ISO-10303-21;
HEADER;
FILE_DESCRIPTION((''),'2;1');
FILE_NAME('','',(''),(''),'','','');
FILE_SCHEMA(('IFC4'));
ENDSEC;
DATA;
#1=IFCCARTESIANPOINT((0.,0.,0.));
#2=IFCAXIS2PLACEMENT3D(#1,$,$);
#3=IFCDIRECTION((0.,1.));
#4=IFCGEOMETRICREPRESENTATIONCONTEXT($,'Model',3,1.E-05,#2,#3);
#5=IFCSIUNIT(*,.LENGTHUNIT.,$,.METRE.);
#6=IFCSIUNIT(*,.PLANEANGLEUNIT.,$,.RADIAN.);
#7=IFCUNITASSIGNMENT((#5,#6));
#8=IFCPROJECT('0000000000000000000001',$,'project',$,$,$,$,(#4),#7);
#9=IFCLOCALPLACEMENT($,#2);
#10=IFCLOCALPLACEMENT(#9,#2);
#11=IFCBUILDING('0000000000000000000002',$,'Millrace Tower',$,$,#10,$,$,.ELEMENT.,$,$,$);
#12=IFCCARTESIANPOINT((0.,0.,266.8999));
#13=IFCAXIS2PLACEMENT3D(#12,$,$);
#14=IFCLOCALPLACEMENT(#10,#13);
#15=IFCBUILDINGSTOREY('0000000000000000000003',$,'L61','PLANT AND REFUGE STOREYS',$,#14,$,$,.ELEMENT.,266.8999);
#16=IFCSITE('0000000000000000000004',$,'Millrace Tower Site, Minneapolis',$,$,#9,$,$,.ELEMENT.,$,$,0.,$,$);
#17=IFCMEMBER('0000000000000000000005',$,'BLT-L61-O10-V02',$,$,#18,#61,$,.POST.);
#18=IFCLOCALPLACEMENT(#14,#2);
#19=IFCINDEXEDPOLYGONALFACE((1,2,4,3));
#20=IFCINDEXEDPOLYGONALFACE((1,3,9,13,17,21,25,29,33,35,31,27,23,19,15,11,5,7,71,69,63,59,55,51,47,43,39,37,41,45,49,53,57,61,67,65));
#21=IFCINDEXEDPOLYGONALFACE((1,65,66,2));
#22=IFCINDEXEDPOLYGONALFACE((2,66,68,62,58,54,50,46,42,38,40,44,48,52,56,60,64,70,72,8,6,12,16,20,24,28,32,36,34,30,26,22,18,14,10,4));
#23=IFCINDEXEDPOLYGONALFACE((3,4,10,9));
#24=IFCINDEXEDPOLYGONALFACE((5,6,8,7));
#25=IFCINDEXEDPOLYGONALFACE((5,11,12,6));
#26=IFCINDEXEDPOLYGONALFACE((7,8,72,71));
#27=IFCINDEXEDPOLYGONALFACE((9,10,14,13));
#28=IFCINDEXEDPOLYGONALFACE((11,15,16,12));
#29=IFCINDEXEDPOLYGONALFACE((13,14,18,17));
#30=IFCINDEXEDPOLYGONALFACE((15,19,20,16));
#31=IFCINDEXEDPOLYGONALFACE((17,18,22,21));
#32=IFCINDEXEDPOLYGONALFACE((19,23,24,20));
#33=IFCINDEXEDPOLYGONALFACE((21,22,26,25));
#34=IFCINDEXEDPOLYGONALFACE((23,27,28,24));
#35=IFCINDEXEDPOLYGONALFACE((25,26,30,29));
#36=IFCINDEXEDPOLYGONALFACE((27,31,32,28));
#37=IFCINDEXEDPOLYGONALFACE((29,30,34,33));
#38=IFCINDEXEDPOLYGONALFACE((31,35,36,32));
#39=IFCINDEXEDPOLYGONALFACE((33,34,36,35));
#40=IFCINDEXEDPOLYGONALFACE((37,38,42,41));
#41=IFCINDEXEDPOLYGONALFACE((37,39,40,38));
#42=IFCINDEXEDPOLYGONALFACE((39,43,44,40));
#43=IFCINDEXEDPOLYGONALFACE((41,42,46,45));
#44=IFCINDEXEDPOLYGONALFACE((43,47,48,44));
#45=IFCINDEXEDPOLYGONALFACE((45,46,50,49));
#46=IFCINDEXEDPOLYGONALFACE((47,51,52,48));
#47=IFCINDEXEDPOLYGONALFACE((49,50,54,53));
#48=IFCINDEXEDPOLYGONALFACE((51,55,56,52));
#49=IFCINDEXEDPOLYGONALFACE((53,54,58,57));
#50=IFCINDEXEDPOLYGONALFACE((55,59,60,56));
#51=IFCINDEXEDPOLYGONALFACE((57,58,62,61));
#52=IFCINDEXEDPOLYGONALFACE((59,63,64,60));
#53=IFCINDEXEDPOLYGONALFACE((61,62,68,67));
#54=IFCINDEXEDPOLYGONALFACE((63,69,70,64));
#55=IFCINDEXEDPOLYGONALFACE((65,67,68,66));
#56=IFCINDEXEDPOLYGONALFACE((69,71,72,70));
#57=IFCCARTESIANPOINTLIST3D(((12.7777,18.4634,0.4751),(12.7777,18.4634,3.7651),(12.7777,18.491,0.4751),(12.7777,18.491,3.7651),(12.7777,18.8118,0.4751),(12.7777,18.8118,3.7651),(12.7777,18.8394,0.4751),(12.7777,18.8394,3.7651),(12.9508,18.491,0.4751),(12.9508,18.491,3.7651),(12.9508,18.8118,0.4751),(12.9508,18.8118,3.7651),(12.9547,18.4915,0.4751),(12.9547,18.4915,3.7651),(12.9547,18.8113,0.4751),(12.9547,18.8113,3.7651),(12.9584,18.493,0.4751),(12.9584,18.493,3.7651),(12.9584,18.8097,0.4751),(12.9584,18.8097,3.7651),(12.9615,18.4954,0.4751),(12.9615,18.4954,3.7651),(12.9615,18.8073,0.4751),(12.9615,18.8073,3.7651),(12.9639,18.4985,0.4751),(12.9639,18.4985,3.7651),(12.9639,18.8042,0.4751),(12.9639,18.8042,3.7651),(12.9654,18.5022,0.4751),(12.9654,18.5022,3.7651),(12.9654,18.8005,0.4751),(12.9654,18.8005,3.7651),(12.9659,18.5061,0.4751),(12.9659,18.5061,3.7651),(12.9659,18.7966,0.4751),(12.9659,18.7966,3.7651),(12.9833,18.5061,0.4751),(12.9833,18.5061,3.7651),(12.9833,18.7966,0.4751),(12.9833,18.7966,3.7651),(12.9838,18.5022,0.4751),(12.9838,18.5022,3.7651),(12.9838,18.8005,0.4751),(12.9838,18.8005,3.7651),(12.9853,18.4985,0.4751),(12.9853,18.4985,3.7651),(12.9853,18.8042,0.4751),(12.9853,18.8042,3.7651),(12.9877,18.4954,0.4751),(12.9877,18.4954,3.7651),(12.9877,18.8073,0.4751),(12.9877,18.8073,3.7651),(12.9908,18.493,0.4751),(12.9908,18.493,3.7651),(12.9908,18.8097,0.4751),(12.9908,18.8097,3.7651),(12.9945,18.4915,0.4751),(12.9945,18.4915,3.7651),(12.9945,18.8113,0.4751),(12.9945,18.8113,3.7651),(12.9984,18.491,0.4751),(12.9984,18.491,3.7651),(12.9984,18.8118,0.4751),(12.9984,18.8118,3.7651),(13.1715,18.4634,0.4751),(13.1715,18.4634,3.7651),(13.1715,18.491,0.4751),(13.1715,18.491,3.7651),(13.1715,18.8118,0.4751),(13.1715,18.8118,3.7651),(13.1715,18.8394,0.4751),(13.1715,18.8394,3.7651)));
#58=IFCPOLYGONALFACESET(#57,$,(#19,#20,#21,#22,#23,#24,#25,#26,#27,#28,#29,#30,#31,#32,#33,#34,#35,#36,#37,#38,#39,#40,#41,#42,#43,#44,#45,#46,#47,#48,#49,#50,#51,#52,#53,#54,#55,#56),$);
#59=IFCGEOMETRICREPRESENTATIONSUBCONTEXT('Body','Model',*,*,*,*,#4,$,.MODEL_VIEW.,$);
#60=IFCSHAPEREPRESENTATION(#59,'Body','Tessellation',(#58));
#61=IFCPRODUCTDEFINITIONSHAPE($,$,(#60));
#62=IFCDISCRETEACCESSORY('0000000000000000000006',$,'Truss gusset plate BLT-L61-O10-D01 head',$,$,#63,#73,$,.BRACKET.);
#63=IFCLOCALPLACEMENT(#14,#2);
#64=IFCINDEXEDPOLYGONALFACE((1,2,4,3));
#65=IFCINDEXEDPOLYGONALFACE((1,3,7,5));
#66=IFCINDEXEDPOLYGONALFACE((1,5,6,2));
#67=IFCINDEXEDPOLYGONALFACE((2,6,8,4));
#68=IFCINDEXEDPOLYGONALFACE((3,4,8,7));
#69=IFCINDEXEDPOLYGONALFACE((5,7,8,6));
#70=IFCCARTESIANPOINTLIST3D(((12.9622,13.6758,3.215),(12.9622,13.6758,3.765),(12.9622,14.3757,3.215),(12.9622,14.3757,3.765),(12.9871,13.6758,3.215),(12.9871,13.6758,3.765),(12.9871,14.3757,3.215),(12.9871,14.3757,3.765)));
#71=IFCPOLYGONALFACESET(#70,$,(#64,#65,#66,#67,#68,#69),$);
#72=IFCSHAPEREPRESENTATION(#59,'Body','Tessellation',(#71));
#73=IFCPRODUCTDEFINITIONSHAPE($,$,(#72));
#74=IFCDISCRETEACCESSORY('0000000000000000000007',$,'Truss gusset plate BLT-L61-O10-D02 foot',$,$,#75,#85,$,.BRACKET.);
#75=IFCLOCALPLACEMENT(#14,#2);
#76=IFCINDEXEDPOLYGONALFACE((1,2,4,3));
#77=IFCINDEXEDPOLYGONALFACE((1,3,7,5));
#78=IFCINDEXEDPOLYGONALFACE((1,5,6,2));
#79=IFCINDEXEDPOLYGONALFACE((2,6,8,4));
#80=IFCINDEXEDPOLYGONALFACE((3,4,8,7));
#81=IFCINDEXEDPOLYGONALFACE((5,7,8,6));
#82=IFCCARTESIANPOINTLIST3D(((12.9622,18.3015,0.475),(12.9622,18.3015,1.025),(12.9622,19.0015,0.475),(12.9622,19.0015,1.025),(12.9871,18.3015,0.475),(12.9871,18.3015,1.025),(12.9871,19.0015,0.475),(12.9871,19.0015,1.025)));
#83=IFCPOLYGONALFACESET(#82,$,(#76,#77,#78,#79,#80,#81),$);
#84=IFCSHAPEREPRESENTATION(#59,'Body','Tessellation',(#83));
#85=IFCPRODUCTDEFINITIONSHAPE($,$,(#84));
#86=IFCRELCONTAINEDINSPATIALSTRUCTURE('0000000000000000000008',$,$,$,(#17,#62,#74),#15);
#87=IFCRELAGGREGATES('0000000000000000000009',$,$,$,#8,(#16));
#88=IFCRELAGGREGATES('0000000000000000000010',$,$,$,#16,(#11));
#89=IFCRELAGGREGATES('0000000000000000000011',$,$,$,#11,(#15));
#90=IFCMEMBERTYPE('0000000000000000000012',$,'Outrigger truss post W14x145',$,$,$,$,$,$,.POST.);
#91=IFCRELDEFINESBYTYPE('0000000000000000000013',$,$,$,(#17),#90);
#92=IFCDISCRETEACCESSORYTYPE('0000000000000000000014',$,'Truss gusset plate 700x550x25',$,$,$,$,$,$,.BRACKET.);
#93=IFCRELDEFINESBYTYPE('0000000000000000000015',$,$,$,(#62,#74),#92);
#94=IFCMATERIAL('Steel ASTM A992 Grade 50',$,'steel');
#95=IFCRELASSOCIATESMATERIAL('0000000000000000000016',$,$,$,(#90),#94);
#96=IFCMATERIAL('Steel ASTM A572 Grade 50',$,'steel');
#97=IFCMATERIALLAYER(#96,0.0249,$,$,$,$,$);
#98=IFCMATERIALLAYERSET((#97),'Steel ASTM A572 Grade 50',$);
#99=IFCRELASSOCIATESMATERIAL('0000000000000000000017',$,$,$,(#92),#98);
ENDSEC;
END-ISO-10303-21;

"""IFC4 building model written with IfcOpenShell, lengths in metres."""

from ifc_helpers import new_model, si_unit, direction, frame, origin, origin_2d, place, context, subcontext, project, spatial, rectangle, i_section, extrude, material, layer, layer_set, material_profile, profile_set, type_object, element, save


model = new_model("IFC4")

# Units and contexts
model_context = context("Model", 3, precision=1e-05, world=origin(), true_north=direction((0.0, 1.0)))
body_context = subcontext(model_context, "Body", "Model", "MODEL_VIEW")
ifc_project = project(units=[si_unit("LENGTHUNIT", "METRE"), si_unit("PLANEANGLEUNIT", "RADIAN")], contexts=[model_context])

# Site, building, storey
site_placement = place(None, origin())
site = spatial("IfcSite", under=ifc_project, at=site_placement, Name="Millrace Tower Site, Minneapolis", CompositionType="ELEMENT", RefElevation=0.0)
building_placement = place(site_placement, origin())
building = spatial("IfcBuilding", under=site, at=building_placement, Name="Millrace Tower", CompositionType="ELEMENT")
storey_placement = place(building_placement, frame((0.0, 0.0, 266.8999)))
storey = spatial("IfcBuildingStorey", under=building, at=storey_placement, Name="L61", Description="PLANT AND REFUGE STOREYS", CompositionType="ELEMENT", Elevation=266.8999)

# Member
ifc_material_1 = material(Name="Steel ASTM A992 Grade 50", Category="steel")
ifc_material_profile_1 = material_profile(ifc_material_1, i_section(OverallWidth=0.3938, OverallDepth=0.376, WebThickness=0.0173, FlangeThickness=0.0276, FilletRadius=0.0151, at=origin_2d()))
ifc_profile_set_1 = profile_set([ifc_material_profile_1], Name="Steel ASTM A992 Grade 50")
member_type_1 = type_object("IfcMemberType", Name="Outrigger truss post W14x145", PredefinedType="POST", material=ifc_profile_set_1)
for number, where, z_axis, x_axis, name in (
    (1, (12.9746, 18.6514, 0.4751), (0.0, 0.0, 1.0), (1.0, 0.0, 0.0), "BLT-L61-O10-V02"),
):
    element("IfcMember", number, at=place(storey_placement, frame(where, z_axis=z_axis, x_axis=x_axis)), inside=storey, type_object=member_type_1, Name=name, PredefinedType="POST", context=body_context, shape_type="SweptSolid", body=[
        extrude(i_section(OverallWidth=0.3938, OverallDepth=0.376, WebThickness=0.0173, FlangeThickness=0.0276, FilletRadius=0.0151, at=origin_2d()), origin(), (0.0, 0.0, 1.0), 3.29),
    ])

# Discrete accessories
ifc_material_2 = material(Name="Steel ASTM A572 Grade 50", Category="steel")
ifc_layer = layer(ifc_material_2, 0.0249)
ifc_layer_set = layer_set([ifc_layer], Name="Steel ASTM A572 Grade 50")
discrete_accessory_type = type_object("IfcDiscreteAccessoryType", Name="Truss gusset plate 700x550x25", PredefinedType="BRACKET", material=ifc_layer_set)
for number, where, z_axis, x_axis, name in (
    (2, (12.9746, 13.6758, 3.49), (0.0, 1.0, 0.0), (-1.0, 0.0, 0.0), "Truss gusset plate BLT-L61-O10-D01 head"),
    (3, (12.9746, 18.3015, 0.75), (0.0, 1.0, 0.0), (-1.0, 0.0, 0.0), "Truss gusset plate BLT-L61-O10-D02 foot"),
):
    element("IfcDiscreteAccessory", number, at=place(storey_placement, frame(where, z_axis=z_axis, x_axis=x_axis)), inside=storey, type_object=discrete_accessory_type, Name=name, PredefinedType="BRACKET", context=body_context, shape_type="SweptSolid", body=[
        extrude(rectangle(XDim=0.0249, YDim=0.55, at=origin_2d()), origin(), (0.0, 0.0, 1.0), 0.7),
    ])

save(model, "model.ifc")
